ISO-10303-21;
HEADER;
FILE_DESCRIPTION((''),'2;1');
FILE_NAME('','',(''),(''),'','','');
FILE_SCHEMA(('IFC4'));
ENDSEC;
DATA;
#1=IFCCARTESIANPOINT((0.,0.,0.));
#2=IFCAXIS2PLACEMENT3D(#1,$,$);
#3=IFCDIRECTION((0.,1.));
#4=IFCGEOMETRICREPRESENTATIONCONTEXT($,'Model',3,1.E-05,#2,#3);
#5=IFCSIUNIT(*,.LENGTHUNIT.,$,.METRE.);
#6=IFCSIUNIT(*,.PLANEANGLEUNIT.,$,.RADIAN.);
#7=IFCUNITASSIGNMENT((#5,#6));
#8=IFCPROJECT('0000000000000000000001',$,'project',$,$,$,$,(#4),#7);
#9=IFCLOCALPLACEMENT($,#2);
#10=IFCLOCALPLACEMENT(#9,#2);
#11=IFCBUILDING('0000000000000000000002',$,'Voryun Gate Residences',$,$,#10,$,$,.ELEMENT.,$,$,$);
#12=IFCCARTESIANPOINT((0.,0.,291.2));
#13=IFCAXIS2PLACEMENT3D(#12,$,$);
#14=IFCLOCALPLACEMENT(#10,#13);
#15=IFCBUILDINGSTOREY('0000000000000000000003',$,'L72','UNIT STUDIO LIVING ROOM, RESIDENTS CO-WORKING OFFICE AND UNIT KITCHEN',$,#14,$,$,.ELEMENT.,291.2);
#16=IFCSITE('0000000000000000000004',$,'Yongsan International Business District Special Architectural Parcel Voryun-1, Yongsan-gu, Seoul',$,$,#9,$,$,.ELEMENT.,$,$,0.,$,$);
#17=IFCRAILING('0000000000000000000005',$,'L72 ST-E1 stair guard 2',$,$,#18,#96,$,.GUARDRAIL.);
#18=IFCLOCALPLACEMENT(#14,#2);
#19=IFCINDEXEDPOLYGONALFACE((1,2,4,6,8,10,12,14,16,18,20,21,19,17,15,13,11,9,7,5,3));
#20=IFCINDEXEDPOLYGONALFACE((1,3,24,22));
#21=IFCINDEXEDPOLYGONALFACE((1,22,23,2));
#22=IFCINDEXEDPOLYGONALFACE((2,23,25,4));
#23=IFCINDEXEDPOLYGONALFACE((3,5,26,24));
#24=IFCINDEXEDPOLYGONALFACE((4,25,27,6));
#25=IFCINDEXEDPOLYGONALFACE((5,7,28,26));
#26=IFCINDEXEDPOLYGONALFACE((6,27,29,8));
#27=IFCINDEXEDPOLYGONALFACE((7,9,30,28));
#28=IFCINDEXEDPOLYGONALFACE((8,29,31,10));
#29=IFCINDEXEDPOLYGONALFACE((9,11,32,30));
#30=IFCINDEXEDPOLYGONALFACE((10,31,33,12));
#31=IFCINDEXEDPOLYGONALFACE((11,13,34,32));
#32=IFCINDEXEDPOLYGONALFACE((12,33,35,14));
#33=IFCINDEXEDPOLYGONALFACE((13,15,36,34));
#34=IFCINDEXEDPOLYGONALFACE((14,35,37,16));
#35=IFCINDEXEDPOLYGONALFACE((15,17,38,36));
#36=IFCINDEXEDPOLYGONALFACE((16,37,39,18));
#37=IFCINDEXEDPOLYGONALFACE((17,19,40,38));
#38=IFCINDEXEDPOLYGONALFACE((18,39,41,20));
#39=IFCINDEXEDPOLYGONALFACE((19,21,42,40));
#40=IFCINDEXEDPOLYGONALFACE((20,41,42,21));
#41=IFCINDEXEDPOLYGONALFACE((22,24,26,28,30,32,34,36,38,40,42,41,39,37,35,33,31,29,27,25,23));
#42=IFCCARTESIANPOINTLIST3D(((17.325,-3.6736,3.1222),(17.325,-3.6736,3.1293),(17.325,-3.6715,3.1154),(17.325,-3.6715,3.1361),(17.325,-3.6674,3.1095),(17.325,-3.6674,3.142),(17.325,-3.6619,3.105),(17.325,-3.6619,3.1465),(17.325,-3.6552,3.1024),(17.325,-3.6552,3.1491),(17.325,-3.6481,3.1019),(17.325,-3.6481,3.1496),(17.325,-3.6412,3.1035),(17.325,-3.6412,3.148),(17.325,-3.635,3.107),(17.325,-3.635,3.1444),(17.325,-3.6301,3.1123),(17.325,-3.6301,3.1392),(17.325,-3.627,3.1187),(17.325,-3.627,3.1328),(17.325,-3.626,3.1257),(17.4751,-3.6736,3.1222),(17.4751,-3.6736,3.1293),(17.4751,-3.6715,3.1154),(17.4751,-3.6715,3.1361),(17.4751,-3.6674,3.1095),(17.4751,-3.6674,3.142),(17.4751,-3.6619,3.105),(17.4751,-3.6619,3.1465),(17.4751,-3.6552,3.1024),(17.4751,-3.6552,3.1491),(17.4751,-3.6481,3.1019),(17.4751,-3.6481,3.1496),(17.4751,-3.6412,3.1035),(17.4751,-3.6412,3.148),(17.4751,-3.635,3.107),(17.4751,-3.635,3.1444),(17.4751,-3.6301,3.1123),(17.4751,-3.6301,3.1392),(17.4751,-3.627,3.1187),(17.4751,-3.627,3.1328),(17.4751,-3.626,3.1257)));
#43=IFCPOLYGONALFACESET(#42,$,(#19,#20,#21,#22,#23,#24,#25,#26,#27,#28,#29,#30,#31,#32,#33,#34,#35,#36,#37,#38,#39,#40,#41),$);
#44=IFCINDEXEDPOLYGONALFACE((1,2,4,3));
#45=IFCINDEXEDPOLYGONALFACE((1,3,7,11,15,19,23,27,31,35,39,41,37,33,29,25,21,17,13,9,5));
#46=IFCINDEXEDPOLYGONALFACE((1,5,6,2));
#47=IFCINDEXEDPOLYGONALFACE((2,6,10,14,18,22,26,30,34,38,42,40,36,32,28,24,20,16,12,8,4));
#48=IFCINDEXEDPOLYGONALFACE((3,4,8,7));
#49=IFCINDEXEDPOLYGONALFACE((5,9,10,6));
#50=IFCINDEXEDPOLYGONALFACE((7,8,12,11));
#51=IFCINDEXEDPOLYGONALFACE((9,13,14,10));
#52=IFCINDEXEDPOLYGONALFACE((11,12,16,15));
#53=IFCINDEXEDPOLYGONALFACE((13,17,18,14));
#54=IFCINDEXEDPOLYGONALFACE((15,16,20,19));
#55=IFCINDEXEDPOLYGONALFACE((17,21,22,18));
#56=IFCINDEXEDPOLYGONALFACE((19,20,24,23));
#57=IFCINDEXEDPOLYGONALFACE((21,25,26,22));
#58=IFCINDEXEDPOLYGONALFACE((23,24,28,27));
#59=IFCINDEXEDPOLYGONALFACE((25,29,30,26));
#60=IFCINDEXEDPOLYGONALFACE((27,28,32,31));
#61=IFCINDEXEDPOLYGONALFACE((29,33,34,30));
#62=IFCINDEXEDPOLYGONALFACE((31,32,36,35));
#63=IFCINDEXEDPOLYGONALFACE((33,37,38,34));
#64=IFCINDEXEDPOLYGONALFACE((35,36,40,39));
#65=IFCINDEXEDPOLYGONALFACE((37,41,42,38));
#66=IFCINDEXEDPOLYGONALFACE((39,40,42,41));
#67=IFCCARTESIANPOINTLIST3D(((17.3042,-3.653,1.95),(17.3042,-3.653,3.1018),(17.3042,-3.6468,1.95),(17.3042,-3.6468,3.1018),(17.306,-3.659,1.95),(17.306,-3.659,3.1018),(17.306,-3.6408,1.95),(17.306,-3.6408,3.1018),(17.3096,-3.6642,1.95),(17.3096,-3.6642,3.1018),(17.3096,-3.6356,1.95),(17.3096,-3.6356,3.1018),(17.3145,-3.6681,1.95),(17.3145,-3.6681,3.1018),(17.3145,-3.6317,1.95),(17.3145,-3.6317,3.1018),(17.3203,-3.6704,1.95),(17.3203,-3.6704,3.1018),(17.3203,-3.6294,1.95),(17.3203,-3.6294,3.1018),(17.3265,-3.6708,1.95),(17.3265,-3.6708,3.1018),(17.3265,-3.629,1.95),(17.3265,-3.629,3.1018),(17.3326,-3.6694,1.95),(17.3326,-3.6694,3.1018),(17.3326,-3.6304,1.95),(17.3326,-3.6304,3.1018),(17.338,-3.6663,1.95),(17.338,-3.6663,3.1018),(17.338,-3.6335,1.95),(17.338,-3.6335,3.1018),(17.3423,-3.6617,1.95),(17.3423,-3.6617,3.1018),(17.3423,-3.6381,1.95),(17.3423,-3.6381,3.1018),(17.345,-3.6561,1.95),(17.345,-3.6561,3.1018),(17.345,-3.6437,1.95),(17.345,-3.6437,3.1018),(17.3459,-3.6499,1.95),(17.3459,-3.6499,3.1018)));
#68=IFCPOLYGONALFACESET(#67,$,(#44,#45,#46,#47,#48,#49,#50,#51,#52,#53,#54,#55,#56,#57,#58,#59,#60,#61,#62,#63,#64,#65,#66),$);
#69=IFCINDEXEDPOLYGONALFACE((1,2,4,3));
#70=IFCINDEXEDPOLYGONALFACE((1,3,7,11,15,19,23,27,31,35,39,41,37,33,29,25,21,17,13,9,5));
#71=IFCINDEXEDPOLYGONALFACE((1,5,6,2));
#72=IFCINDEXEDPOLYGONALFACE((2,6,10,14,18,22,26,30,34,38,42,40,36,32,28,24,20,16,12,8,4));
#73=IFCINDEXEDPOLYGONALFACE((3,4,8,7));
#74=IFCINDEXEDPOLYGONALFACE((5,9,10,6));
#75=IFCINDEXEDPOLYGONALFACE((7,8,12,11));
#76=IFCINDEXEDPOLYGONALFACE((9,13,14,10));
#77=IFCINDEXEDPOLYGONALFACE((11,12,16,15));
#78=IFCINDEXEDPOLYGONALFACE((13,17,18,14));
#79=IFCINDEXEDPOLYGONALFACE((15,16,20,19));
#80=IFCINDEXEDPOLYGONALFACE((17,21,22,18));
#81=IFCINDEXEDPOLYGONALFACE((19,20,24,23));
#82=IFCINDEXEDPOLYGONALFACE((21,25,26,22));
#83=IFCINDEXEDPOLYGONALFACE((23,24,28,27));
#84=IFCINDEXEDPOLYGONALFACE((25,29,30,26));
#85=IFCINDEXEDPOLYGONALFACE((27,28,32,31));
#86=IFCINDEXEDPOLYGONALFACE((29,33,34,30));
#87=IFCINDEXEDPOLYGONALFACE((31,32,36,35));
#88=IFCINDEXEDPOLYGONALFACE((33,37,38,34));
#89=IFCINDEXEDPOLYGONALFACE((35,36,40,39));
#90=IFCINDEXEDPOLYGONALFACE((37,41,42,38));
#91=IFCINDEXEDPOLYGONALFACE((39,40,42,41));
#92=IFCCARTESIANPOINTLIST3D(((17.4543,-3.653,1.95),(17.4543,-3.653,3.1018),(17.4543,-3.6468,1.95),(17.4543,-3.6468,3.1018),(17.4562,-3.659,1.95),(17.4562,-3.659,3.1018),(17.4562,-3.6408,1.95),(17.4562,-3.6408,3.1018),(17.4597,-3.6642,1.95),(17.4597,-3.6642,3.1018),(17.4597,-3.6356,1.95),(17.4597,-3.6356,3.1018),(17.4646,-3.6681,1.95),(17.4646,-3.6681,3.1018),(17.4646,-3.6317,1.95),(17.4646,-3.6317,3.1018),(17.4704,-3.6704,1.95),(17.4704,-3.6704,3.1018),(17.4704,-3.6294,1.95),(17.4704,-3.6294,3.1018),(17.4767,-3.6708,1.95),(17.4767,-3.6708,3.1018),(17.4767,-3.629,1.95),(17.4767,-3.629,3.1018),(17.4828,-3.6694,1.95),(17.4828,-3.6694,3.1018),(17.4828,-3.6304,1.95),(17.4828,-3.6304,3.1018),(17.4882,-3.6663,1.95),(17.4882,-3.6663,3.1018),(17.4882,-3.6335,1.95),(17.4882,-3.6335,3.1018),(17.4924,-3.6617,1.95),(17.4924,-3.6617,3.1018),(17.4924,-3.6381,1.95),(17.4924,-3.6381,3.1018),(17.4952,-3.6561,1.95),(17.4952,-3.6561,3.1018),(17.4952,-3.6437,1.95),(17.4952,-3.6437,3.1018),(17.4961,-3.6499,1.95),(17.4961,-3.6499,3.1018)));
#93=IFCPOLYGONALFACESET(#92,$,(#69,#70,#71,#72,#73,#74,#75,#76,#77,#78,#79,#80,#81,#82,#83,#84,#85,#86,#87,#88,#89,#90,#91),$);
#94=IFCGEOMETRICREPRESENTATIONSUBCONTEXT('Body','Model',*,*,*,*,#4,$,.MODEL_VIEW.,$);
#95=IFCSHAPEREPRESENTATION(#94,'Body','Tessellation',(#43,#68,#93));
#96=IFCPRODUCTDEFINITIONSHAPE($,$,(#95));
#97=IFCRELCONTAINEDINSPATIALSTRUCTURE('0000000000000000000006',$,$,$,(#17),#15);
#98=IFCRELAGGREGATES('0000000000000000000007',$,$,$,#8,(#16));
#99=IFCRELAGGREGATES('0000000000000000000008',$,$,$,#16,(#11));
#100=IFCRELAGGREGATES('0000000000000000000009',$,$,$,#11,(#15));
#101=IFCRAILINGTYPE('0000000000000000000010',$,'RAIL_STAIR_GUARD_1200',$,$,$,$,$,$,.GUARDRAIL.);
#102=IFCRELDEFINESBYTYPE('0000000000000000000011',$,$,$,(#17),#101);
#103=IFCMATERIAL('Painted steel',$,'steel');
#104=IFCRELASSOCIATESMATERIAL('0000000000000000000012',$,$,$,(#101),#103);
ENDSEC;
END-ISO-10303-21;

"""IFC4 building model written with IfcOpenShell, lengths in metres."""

from ifc_helpers import new_model, si_unit, direction, frame, origin, origin_2d, place, context, subcontext, project, spatial, circle, extrude, material, type_object, element, save


model = new_model("IFC4")

# Units and contexts
model_context = context("Model", 3, precision=1e-05, world=origin(), true_north=direction((0.0, 1.0)))
body_context = subcontext(model_context, "Body", "Model", "MODEL_VIEW")
ifc_project = project(units=[si_unit("LENGTHUNIT", "METRE"), si_unit("PLANEANGLEUNIT", "RADIAN")], contexts=[model_context])

# Site, building, storey
site_placement = place(None, origin())
site = spatial("IfcSite", under=ifc_project, at=site_placement, Name="Yongsan International Business District Special Architectural Parcel Voryun-1, Yongsan-gu, Seoul", CompositionType="ELEMENT", RefElevation=0.0)
building_placement = place(site_placement, origin())
building = spatial("IfcBuilding", under=site, at=building_placement, Name="Voryun Gate Residences", CompositionType="ELEMENT")
storey_placement = place(building_placement, frame((0.0, 0.0, 291.2)))
storey = spatial("IfcBuildingStorey", under=building, at=storey_placement, Name="L72", Description="UNIT STUDIO LIVING ROOM, RESIDENTS CO-WORKING OFFICE AND UNIT KITCHEN", CompositionType="ELEMENT", Elevation=291.2)

# Railing
ifc_material_1 = material(Name="Painted steel", Category="steel")
railing_type_1 = type_object("IfcRailingType", Name="RAIL_STAIR_GUARD_1200", PredefinedType="GUARDRAIL", material=ifc_material_1)
railing_1_placement = place(storey_placement, frame((17.325, -3.6499, 1.95)))
element("IfcRailing", 1, at=railing_1_placement, inside=storey, type_object=railing_type_1, Name="L72 ST-E1 stair guard 2", PredefinedType="GUARDRAIL", context=body_context, shape_type="SweptSolid", body=[
    extrude(circle(Radius=0.0239, at=origin_2d()), frame((0.0, 0.0, 1.1758), z_axis=(1.0, 0.0, 0.0), x_axis=(0.0, 1.0, 0.0)), (0.0, 0.0, 1.0), 0.1501),
    extrude(circle(Radius=0.021, at=origin_2d()), origin(), (0.0, 0.0, 1.0), 1.1519),
    extrude(circle(Radius=0.021, at=origin_2d()), frame((0.1501, 0.0, 0.0)), (0.0, 0.0, 1.0), 1.1519),
])

save(model, "model.ifc")
